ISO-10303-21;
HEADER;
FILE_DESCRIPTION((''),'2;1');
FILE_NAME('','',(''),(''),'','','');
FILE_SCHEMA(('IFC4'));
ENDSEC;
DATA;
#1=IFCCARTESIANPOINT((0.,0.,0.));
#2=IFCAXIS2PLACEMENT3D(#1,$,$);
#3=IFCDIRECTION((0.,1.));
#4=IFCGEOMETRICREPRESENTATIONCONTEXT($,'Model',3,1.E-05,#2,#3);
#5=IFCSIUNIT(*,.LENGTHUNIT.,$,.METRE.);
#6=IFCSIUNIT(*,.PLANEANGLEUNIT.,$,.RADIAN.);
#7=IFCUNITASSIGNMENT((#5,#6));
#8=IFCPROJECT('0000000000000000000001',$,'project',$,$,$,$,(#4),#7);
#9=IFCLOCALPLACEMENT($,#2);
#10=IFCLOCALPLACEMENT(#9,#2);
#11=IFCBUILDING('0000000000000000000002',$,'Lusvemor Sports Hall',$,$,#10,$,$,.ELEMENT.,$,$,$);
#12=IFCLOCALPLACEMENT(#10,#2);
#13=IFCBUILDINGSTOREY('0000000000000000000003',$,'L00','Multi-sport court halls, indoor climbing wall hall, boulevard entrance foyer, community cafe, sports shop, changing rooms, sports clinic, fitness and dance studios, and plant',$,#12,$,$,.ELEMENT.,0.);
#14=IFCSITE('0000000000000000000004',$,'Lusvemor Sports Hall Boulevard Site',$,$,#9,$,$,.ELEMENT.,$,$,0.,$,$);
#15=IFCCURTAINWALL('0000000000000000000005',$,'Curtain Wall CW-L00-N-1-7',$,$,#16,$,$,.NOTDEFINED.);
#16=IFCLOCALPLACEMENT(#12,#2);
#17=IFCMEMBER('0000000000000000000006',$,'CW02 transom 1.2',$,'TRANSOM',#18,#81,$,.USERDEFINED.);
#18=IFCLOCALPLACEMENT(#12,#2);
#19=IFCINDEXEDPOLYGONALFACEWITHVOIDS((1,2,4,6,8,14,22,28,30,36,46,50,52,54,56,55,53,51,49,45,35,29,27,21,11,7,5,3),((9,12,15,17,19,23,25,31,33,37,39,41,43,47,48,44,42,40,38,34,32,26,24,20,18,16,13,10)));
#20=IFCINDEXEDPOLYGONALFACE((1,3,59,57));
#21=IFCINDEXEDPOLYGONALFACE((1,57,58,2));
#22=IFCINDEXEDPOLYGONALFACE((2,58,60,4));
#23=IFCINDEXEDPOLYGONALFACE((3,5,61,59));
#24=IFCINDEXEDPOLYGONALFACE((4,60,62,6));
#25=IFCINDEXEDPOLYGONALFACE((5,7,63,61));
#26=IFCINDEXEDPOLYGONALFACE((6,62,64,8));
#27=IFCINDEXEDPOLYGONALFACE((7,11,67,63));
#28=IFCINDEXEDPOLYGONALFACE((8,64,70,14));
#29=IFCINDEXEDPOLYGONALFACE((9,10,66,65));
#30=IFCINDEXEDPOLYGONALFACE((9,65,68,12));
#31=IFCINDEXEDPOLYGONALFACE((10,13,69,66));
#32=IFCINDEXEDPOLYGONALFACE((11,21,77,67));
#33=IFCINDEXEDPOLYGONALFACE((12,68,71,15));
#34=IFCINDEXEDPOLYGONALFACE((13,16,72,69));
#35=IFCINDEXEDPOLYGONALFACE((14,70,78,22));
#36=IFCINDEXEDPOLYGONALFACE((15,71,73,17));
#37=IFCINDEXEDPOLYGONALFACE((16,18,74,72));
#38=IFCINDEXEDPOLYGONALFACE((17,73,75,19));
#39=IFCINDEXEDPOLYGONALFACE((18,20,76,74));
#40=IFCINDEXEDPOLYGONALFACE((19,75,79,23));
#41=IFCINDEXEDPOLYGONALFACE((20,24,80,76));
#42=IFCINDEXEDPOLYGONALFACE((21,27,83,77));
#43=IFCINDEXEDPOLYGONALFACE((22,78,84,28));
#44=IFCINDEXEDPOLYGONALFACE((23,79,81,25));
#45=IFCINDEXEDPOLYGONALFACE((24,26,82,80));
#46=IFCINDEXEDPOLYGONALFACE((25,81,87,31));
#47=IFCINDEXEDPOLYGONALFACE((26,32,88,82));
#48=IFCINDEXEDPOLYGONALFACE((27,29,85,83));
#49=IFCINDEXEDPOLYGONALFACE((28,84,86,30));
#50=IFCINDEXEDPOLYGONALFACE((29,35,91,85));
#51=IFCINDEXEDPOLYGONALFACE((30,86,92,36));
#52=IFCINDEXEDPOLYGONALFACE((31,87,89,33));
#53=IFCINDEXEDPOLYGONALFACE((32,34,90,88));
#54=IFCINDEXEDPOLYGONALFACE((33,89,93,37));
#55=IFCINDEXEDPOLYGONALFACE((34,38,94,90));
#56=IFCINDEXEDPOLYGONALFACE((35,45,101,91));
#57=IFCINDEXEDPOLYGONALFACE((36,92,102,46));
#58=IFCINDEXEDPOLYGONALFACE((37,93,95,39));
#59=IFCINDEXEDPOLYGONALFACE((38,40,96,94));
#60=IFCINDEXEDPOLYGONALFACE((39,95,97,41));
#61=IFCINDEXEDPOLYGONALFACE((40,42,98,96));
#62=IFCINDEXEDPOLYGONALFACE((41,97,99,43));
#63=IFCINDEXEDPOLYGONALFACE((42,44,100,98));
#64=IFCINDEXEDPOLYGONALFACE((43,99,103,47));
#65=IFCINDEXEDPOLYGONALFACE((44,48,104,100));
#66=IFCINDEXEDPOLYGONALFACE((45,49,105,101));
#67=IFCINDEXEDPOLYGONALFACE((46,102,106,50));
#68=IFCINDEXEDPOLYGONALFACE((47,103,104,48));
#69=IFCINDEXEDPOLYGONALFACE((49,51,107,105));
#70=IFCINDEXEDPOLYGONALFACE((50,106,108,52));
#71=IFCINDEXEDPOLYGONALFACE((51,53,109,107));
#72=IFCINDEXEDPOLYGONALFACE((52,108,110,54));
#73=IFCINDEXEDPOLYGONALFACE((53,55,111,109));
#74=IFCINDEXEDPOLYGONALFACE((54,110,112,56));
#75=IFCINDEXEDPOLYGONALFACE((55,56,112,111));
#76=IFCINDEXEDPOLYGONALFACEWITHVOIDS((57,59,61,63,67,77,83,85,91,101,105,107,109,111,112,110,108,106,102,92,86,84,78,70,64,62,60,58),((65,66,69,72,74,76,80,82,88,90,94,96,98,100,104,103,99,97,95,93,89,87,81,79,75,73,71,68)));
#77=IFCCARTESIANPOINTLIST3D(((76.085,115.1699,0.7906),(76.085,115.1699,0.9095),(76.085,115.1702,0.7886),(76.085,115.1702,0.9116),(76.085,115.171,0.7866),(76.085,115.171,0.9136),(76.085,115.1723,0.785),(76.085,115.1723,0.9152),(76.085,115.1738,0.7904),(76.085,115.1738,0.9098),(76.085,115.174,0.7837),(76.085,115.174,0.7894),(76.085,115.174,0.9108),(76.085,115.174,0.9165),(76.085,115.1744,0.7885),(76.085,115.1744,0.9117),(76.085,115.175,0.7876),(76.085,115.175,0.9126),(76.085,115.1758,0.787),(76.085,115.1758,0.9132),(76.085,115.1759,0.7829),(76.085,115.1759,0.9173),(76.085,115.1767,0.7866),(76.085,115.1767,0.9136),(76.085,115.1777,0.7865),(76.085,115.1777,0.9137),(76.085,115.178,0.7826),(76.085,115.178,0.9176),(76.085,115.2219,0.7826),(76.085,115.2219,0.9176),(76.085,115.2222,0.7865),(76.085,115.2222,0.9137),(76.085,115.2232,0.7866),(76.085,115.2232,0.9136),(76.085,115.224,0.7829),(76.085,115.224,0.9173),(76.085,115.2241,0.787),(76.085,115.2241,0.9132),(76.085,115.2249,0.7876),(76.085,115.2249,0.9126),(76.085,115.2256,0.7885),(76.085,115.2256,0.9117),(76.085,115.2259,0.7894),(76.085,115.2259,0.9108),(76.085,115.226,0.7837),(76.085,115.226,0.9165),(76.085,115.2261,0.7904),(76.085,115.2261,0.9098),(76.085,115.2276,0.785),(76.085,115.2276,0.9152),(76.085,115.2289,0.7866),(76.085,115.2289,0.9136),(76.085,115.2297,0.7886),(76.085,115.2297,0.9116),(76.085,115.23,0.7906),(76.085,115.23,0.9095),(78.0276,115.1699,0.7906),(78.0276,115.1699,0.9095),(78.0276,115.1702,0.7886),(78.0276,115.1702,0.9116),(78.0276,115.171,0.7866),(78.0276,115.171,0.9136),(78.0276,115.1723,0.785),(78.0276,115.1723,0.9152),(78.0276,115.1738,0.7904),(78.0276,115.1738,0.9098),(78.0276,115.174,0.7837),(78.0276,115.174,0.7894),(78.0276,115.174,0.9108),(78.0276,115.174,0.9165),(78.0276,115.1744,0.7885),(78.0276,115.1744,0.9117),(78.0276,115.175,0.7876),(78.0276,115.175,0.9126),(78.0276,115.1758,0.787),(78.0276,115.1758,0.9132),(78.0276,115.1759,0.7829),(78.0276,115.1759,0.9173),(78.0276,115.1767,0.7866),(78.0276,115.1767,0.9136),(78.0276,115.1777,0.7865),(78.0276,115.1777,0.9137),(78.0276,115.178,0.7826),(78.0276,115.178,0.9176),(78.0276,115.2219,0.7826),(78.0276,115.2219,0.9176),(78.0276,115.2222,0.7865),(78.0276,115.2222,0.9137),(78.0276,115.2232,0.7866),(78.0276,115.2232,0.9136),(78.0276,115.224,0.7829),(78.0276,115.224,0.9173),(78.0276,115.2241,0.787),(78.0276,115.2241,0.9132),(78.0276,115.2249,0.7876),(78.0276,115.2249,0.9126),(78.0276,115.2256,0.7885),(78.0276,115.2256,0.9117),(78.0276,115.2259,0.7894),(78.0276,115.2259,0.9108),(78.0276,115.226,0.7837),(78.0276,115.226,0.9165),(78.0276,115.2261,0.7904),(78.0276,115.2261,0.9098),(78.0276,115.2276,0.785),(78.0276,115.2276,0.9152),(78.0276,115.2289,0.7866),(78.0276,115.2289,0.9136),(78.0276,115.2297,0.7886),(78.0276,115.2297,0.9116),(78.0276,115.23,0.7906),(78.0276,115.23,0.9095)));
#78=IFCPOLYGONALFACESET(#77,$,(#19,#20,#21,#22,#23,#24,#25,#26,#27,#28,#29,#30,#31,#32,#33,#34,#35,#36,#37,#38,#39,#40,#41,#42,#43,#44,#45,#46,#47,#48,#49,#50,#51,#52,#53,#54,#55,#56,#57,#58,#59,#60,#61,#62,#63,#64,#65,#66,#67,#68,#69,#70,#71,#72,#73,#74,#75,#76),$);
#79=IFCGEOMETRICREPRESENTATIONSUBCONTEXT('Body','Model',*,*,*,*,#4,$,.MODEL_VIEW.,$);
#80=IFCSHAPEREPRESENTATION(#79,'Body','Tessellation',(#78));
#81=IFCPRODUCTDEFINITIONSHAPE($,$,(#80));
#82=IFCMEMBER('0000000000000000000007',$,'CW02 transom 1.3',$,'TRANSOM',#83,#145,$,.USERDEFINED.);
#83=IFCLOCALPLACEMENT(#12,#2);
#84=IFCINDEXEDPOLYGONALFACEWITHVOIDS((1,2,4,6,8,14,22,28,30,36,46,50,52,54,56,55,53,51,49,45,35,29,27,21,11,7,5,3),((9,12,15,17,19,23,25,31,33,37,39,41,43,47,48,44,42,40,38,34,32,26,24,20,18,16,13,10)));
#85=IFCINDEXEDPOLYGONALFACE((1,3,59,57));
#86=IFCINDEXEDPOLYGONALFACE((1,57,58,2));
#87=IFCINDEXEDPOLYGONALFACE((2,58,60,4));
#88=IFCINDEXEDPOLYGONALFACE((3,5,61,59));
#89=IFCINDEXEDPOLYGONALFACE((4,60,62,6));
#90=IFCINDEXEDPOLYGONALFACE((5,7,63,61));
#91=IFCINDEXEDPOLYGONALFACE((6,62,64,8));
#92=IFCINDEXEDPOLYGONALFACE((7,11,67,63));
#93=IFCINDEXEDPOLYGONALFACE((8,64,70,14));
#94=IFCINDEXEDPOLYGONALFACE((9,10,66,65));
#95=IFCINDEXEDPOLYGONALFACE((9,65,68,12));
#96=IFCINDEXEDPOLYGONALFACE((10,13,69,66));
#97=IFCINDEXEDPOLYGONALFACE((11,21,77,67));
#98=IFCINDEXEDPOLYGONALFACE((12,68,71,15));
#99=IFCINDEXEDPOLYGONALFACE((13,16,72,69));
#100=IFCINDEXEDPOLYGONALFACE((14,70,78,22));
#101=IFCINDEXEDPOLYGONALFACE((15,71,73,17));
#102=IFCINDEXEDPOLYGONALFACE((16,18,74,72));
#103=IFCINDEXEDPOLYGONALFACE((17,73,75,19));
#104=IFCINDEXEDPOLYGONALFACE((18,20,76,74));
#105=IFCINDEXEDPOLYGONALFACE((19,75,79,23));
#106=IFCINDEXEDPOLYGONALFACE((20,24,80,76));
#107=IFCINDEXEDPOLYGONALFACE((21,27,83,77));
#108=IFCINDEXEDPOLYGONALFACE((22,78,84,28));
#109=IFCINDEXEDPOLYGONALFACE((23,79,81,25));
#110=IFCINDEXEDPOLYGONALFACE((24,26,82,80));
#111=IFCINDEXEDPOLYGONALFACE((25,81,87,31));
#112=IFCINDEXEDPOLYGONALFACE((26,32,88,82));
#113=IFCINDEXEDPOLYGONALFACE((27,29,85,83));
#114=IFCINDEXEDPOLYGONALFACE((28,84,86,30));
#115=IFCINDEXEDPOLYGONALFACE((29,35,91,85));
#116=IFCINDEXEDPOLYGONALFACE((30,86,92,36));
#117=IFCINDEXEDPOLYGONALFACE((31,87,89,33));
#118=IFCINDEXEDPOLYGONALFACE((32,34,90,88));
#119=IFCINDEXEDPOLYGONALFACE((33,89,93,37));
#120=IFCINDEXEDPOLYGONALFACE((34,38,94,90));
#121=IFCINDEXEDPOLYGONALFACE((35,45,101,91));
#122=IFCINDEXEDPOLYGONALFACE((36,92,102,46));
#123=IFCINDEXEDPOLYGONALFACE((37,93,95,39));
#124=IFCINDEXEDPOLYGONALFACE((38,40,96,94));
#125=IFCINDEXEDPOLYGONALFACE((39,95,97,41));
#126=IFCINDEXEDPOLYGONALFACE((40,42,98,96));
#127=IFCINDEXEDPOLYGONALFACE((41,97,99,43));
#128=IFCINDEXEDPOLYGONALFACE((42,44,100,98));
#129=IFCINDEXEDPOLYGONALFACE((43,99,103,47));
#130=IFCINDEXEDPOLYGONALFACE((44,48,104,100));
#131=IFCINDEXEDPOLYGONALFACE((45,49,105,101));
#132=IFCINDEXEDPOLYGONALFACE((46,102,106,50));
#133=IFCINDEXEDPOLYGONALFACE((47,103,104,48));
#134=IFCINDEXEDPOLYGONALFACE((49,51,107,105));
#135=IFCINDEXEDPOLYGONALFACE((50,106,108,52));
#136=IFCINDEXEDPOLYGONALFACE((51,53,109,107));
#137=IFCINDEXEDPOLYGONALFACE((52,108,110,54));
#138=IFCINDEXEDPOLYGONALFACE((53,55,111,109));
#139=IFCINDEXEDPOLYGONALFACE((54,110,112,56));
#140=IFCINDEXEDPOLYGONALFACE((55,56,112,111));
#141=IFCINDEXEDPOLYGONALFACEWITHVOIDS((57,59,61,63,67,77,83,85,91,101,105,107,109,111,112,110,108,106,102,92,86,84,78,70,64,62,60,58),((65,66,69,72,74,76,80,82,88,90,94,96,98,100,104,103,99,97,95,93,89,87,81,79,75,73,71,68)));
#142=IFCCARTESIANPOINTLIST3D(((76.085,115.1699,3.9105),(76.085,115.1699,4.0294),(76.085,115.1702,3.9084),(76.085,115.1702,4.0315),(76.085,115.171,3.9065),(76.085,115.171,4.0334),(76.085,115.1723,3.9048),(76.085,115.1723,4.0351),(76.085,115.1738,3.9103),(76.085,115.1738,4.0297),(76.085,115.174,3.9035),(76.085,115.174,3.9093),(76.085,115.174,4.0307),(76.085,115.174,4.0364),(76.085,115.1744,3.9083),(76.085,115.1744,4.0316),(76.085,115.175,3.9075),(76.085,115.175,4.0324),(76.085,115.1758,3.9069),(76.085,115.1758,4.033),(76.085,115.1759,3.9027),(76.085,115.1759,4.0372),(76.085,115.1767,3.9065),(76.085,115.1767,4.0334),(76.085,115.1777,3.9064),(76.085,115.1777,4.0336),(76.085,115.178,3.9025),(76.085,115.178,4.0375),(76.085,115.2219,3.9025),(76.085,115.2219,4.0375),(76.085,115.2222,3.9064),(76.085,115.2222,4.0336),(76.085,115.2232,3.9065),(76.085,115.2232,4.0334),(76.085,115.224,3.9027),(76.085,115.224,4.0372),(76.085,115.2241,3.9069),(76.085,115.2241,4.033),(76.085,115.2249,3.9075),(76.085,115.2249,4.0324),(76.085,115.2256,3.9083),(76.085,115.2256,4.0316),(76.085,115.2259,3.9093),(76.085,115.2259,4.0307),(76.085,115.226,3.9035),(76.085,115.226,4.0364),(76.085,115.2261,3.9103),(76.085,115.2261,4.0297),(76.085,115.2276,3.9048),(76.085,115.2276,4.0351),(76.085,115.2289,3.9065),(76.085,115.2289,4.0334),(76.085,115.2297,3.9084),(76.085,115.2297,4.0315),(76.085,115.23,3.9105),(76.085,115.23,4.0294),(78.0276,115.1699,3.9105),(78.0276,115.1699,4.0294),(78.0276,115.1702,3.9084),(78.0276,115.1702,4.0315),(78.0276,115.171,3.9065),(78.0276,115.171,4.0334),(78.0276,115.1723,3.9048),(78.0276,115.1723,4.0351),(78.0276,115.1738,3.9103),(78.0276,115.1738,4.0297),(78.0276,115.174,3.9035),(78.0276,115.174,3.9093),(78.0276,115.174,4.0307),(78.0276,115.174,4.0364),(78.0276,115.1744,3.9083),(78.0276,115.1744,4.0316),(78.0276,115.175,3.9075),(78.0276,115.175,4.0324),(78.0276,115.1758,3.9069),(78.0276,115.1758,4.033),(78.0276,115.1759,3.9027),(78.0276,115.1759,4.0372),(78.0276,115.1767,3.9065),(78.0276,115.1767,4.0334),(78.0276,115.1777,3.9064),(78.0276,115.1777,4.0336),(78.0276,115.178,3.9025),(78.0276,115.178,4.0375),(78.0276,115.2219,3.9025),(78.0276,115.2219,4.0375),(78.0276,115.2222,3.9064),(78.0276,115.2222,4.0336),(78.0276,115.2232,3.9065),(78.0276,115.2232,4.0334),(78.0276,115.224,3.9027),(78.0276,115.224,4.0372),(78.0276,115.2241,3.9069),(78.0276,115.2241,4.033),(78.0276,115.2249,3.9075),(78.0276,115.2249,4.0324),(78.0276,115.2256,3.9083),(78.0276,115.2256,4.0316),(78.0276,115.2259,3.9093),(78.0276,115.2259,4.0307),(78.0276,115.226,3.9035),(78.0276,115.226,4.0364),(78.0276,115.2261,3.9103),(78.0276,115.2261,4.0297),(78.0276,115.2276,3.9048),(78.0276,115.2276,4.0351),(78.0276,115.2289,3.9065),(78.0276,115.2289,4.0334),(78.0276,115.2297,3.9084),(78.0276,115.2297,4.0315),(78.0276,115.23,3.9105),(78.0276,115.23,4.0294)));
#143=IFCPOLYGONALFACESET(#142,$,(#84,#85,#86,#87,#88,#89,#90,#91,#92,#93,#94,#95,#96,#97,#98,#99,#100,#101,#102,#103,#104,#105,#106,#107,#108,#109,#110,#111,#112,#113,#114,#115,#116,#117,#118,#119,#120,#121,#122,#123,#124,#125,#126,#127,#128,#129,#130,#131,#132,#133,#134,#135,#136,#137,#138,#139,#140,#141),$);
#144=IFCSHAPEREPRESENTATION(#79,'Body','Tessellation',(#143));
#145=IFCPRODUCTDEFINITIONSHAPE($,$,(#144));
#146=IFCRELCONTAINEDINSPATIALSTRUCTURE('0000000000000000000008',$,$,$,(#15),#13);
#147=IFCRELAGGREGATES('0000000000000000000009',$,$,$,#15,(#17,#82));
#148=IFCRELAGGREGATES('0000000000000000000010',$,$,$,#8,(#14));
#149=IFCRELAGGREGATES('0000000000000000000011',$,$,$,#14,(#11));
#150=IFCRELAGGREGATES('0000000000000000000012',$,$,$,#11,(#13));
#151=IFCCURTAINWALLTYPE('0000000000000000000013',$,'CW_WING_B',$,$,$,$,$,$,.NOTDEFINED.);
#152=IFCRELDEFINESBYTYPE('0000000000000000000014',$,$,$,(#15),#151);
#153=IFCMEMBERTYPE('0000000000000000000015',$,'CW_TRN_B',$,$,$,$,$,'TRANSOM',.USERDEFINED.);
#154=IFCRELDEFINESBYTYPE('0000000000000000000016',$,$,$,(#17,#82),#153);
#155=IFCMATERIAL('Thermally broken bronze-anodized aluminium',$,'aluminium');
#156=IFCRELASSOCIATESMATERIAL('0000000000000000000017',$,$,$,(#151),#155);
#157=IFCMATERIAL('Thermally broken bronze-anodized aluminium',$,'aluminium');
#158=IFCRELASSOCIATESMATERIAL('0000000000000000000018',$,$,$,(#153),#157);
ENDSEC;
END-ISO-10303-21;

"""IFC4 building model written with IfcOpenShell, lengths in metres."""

from ifc_helpers import new_model, si_unit, direction, frame, origin, origin_2d, place, context, subcontext, project, spatial, hollow_rectangle, extrude, material, material_profile, profile_set, type_object, element, aggregate, save


model = new_model("IFC4")

# Units and contexts
model_context = context("Model", 3, precision=1e-05, world=origin(), true_north=direction((0.0, 1.0)))
body_context = subcontext(model_context, "Body", "Model", "MODEL_VIEW")
ifc_project = project(units=[si_unit("LENGTHUNIT", "METRE"), si_unit("PLANEANGLEUNIT", "RADIAN")], contexts=[model_context])

# Site, building, storey
site_placement = place(None, origin())
site = spatial("IfcSite", under=ifc_project, at=site_placement, Name="Lusvemor Sports Hall Boulevard Site", CompositionType="ELEMENT", RefElevation=0.0)
building_placement = place(site_placement, origin())
building = spatial("IfcBuilding", under=site, at=building_placement, Name="Lusvemor Sports Hall", CompositionType="ELEMENT")
storey_placement = place(building_placement, origin())
storey = spatial("IfcBuildingStorey", under=building, at=storey_placement, Name="L00", Description="Multi-sport court halls, indoor climbing wall hall, boulevard entrance foyer, community cafe, sports shop, changing rooms, sports clinic, fitness and dance studios, and plant", CompositionType="ELEMENT", Elevation=0.0)

# Curtain wall, members
ifc_material_1 = material(Name="Thermally broken bronze-anodized aluminium", Category="aluminium")
curtain_wall_type = type_object("IfcCurtainWallType", Name="CW_WING_B", PredefinedType="NOTDEFINED", material=ifc_material_1)
curtain_wall_placement = place(storey_placement, origin())
curtain_wall = element("IfcCurtainWall", 1, at=curtain_wall_placement, inside=storey, type_object=curtain_wall_type, Name="Curtain Wall CW-L00-N-1-7", PredefinedType="NOTDEFINED")
ifc_material_2 = material(Name="Thermally broken bronze-anodized aluminium", Category="aluminium")
ifc_material_profile_1 = material_profile(ifc_material_2, hollow_rectangle(XDim=0.0601, YDim=0.135, WallThickness=0.0039, InnerFilletRadius=0.0039, OuterFilletRadius=0.0081, at=origin_2d()), Name="CWTRN135x60x4")
ifc_profile_set_1 = profile_set([ifc_material_profile_1], Name="Thermally broken bronze-anodized aluminium")
member_type_1 = type_object("IfcMemberType", Name="CW_TRN_B", ElementType="TRANSOM", PredefinedType="USERDEFINED", material=ifc_profile_set_1)
member_1_placement = place(storey_placement, frame((76.085, 115.2, 0.8501), z_axis=(1.0, 0.0, 0.0), x_axis=(0.0, 1.0, 0.0)))
member_1 = element("IfcMember", 2, at=member_1_placement, type_object=member_type_1, Name="CW02 transom 1.2", ObjectType="TRANSOM", PredefinedType="USERDEFINED", context=body_context, shape_type="SweptSolid", body=[
    extrude(hollow_rectangle(XDim=0.0601, YDim=0.135, WallThickness=0.0039, InnerFilletRadius=0.0039, OuterFilletRadius=0.0081, at=origin_2d()), origin(), (0.0, 0.0, 1.0), 1.9426),
])
member_2_placement = place(storey_placement, frame((76.085, 115.2, 3.97), z_axis=(1.0, 0.0, 0.0), x_axis=(0.0, 1.0, 0.0)))
member_2 = element("IfcMember", 3, at=member_2_placement, type_object=member_type_1, Name="CW02 transom 1.3", ObjectType="TRANSOM", PredefinedType="USERDEFINED", context=body_context, shape_type="SweptSolid", body=[
    extrude(hollow_rectangle(XDim=0.0601, YDim=0.135, WallThickness=0.0039, InnerFilletRadius=0.0039, OuterFilletRadius=0.0081, at=origin_2d()), origin(), (0.0, 0.0, 1.0), 1.9426),
])
aggregate(curtain_wall, [member_1, member_2])

save(model, "model.ifc")
